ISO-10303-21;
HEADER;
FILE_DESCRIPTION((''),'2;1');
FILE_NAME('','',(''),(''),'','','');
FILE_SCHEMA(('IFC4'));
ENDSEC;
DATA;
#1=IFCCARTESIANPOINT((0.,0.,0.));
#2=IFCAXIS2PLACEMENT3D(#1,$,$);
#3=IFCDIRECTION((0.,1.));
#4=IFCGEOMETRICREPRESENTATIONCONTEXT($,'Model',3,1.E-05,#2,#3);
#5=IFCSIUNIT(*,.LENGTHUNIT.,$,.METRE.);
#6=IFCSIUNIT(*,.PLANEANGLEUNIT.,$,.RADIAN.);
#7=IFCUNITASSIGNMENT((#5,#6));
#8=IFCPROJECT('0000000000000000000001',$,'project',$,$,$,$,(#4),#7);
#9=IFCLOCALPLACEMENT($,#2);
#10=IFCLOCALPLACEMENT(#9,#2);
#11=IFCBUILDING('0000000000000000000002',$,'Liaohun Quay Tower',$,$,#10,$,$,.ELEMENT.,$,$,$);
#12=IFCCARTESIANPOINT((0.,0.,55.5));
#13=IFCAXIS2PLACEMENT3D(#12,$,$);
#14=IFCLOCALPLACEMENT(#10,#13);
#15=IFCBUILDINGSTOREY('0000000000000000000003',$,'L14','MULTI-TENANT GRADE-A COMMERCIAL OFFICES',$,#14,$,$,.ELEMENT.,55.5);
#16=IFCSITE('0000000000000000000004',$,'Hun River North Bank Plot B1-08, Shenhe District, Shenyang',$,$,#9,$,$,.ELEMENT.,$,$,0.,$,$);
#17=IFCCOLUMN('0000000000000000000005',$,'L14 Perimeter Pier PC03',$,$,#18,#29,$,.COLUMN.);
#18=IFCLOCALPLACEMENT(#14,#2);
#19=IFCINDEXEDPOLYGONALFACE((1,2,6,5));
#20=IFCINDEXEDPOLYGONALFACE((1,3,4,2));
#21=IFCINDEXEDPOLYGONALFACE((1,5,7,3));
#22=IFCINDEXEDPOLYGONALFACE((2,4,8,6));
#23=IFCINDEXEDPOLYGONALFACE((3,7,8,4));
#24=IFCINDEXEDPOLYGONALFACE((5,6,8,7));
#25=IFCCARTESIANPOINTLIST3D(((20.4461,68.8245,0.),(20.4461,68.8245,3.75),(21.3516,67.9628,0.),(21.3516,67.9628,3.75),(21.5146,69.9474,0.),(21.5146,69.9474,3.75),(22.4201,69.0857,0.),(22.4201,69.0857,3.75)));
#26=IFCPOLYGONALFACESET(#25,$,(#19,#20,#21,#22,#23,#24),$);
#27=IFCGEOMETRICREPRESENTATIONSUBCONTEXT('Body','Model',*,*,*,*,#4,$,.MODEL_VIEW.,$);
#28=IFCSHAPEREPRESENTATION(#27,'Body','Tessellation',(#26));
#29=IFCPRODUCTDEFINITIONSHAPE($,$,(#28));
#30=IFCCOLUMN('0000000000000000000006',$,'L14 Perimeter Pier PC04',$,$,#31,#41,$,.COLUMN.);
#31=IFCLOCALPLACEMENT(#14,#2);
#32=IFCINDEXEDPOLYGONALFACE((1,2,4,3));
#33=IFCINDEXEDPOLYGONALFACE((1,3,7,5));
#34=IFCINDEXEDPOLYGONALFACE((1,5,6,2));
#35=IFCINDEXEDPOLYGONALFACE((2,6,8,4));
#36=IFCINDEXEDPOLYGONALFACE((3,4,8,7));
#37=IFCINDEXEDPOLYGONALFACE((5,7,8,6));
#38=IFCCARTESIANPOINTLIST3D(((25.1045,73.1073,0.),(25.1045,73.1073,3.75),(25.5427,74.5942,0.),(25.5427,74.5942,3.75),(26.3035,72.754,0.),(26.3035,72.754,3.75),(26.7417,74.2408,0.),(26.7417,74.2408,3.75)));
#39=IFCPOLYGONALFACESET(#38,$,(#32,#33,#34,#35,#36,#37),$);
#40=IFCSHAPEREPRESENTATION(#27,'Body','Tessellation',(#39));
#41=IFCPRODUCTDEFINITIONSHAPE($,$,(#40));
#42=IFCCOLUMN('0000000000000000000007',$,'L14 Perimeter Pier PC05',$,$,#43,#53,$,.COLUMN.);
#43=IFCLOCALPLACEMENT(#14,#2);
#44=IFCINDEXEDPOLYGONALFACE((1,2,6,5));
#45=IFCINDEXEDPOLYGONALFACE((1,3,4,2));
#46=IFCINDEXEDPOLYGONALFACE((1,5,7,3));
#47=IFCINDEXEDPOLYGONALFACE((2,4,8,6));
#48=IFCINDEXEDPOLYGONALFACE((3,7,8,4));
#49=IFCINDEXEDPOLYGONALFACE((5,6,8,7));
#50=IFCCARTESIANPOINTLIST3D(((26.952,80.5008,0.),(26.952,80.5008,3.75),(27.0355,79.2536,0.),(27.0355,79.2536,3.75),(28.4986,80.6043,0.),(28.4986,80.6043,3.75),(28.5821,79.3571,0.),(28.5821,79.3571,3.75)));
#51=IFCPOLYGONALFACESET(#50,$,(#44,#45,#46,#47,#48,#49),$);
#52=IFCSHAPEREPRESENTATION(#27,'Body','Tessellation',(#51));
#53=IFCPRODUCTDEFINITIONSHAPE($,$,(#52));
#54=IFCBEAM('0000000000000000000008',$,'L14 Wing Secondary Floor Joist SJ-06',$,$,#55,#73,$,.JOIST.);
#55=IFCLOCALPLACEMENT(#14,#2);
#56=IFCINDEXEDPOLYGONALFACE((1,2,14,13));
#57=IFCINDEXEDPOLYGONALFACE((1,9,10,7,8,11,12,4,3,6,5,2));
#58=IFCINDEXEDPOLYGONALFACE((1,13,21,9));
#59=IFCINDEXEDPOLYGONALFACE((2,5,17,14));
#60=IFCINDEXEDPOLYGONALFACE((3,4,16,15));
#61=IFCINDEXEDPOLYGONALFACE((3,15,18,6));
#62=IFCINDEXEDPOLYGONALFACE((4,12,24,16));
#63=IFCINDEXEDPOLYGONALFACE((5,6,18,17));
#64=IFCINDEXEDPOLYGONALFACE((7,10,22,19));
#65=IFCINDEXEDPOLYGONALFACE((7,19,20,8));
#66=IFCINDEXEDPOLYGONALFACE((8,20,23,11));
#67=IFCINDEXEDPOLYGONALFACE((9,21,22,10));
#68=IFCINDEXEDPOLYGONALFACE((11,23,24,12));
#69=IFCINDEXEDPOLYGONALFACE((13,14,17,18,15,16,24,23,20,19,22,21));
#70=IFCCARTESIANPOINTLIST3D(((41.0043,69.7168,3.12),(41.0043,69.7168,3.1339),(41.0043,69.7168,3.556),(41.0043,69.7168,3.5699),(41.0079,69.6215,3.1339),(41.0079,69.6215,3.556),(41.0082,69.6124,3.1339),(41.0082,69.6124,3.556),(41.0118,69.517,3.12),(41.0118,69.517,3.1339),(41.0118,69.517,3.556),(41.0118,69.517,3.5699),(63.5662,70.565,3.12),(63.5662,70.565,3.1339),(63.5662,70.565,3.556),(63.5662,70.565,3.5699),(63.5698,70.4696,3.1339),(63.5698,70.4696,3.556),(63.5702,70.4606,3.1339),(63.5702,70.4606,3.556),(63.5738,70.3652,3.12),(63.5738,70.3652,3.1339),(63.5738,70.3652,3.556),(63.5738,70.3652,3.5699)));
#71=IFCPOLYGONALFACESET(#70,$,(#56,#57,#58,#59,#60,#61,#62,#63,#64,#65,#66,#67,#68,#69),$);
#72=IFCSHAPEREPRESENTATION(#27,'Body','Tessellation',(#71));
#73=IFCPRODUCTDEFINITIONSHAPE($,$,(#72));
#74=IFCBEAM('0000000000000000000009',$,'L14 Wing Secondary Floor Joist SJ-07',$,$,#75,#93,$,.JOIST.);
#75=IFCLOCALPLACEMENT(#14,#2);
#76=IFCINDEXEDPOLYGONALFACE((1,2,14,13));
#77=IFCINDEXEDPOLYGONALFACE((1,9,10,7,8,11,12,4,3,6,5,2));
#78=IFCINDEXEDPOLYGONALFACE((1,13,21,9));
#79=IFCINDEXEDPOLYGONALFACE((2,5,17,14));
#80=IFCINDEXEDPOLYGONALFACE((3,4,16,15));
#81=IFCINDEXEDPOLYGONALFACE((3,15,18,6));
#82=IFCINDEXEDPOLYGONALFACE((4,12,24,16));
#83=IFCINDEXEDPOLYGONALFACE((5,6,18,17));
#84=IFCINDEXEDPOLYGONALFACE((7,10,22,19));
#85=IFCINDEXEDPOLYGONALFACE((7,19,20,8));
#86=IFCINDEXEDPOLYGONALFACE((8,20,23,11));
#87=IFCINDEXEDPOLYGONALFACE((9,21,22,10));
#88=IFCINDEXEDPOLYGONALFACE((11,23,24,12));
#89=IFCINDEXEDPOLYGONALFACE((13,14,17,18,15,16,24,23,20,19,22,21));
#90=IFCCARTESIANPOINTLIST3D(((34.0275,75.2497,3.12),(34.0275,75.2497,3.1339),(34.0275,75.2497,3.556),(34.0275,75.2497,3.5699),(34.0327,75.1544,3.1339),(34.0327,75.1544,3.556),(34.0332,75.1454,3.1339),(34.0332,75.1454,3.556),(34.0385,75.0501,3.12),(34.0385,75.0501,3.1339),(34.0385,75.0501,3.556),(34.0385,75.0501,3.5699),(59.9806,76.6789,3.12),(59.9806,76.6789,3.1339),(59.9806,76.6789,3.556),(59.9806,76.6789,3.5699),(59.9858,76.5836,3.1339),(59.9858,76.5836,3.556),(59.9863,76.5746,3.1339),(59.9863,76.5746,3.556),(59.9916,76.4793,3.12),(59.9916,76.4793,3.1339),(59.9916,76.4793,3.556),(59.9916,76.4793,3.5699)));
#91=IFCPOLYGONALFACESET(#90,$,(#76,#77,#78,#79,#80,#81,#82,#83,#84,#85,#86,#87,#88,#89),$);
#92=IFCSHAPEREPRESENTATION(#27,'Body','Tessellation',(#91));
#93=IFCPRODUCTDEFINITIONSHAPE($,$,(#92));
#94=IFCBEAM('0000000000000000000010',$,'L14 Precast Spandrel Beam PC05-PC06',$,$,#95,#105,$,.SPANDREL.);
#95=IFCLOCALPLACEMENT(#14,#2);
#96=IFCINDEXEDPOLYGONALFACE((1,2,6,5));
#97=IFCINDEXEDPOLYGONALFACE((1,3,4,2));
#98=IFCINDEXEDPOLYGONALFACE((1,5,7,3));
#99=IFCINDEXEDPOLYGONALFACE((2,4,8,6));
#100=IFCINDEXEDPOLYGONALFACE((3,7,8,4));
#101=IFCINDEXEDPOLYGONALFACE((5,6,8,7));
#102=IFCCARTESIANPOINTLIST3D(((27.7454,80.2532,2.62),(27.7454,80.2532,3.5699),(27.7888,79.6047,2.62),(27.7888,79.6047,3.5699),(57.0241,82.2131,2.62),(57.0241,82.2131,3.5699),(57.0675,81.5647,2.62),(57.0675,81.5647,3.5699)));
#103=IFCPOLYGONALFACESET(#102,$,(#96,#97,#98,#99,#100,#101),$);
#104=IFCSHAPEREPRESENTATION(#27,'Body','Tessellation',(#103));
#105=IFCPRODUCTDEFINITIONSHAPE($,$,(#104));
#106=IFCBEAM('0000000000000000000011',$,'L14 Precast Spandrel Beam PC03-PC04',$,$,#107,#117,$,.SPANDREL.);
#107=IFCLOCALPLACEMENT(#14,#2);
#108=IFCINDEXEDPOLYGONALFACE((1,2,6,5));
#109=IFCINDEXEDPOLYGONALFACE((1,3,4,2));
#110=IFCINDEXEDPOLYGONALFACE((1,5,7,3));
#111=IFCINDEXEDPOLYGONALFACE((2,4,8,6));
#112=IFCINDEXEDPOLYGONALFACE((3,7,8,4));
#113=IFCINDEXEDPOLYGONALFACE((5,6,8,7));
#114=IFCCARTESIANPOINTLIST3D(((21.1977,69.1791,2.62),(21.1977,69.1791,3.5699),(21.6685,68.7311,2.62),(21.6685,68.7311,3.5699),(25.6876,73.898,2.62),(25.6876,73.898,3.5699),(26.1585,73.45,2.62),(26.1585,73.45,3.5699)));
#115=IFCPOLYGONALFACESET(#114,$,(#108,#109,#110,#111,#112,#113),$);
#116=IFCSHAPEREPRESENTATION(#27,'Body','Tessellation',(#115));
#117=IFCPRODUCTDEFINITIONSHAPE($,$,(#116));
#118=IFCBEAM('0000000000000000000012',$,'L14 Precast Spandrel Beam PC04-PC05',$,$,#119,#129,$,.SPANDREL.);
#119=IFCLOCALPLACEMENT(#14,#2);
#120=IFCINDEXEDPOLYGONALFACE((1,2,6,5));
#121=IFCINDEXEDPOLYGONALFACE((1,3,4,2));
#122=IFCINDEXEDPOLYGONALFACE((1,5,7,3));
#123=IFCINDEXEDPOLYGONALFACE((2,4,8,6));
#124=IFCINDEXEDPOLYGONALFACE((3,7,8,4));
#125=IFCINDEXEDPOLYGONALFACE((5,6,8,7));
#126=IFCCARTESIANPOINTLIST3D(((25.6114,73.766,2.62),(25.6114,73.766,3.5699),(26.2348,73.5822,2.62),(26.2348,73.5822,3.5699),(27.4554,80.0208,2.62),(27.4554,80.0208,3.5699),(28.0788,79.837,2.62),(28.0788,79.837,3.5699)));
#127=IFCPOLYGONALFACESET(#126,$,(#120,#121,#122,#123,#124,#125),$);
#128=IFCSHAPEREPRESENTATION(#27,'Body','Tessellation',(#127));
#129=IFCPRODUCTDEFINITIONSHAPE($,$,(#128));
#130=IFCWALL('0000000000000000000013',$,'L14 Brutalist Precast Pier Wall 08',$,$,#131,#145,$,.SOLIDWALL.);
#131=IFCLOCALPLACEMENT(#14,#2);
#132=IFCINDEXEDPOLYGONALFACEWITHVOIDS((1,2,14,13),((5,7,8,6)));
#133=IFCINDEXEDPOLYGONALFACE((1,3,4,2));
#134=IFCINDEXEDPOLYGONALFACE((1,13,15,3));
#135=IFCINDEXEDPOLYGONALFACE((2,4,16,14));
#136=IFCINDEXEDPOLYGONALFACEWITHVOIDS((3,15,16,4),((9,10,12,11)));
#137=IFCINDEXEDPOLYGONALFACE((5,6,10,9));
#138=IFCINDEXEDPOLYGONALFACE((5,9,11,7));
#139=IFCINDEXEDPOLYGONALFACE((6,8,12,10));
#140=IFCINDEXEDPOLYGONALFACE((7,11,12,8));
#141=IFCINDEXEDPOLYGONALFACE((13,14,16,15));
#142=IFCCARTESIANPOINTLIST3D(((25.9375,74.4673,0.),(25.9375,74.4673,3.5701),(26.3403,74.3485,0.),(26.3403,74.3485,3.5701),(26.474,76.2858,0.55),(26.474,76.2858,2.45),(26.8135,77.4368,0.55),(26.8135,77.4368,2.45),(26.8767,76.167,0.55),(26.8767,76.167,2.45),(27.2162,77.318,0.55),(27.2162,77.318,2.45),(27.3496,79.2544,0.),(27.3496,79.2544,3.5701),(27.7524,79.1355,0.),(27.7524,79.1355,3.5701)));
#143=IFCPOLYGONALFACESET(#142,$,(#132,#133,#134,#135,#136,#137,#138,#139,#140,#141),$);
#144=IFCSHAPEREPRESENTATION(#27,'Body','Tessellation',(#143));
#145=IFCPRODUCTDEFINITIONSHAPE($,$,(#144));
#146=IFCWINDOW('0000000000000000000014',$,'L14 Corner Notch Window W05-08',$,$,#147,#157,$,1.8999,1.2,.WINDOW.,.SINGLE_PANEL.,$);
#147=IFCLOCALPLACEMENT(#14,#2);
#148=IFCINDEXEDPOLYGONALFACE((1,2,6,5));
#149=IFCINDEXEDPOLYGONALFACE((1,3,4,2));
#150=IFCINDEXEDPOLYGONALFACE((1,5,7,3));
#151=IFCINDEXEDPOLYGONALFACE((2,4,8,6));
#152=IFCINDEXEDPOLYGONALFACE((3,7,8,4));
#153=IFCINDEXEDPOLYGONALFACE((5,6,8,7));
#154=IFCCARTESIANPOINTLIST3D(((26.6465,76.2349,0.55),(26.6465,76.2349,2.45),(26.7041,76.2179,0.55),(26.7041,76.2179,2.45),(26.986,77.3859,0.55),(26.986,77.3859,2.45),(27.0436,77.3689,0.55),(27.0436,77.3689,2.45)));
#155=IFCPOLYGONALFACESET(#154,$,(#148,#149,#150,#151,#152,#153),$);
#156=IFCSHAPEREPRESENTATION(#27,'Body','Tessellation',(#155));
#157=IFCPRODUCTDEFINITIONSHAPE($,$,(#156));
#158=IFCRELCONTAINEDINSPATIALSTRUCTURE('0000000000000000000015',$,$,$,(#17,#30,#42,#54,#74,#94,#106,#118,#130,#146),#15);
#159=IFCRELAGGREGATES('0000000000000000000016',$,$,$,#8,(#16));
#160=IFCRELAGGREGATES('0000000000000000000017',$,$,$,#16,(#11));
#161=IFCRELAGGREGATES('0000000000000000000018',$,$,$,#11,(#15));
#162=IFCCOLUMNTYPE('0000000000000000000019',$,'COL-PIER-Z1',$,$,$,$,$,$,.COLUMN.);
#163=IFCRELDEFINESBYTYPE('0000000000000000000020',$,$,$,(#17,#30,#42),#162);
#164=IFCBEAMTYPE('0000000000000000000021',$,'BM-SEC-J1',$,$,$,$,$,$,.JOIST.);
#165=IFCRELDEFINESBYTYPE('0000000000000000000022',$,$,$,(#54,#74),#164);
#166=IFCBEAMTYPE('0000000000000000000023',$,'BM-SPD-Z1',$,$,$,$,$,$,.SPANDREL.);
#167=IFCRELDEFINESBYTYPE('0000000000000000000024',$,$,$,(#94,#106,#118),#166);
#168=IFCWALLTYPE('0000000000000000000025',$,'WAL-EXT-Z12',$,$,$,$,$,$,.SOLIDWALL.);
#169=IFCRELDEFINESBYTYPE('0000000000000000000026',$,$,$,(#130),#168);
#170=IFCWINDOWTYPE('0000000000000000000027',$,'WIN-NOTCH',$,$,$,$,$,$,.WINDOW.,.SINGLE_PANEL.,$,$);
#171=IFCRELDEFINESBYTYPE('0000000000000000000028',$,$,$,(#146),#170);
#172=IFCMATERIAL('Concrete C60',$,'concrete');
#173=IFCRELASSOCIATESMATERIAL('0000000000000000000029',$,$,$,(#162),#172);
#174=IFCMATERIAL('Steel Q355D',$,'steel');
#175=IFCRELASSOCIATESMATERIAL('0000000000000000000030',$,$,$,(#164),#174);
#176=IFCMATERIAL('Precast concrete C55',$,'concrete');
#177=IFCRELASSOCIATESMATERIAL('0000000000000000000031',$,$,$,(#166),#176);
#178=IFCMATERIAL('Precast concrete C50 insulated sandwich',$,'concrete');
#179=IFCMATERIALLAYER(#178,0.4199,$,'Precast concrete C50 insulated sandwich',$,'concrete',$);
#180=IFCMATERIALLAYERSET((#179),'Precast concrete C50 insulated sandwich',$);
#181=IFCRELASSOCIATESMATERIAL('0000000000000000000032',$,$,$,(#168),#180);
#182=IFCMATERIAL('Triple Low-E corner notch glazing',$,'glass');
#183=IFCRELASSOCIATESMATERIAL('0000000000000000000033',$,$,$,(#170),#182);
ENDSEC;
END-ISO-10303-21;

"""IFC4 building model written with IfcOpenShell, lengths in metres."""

from ifc_helpers import new_model, si_unit, direction, frame, frame_2d, origin, origin_2d, place, context, subcontext, project, spatial, rectangle, i_section, extrude, source, transform, mapped, material, layer, layer_set, material_profile, profile_set, type_object, element, fill, save


model = new_model("IFC4")

# Units and contexts
model_context = context("Model", 3, precision=1e-05, world=origin(), true_north=direction((0.0, 1.0)))
body_context = subcontext(model_context, "Body", "Model", "MODEL_VIEW")
ifc_project = project(units=[si_unit("LENGTHUNIT", "METRE"), si_unit("PLANEANGLEUNIT", "RADIAN")], contexts=[model_context])

# Site, building, storey
site_placement = place(None, origin())
site = spatial("IfcSite", under=ifc_project, at=site_placement, Name="Hun River North Bank Plot B1-08, Shenhe District, Shenyang", CompositionType="ELEMENT", RefElevation=0.0)
building_placement = place(site_placement, origin())
building = spatial("IfcBuilding", under=site, at=building_placement, Name="Liaohun Quay Tower", CompositionType="ELEMENT")
storey_placement = place(building_placement, frame((0.0, 0.0, 55.5)))
storey = spatial("IfcBuildingStorey", under=building, at=storey_placement, Name="L14", Description="MULTI-TENANT GRADE-A COMMERCIAL OFFICES", CompositionType="ELEMENT", Elevation=55.5)

# Columns
ifc_material_1 = material(Name="Concrete C60", Category="concrete")
ifc_material_profile_1 = material_profile(ifc_material_1, rectangle(XDim=1.55, YDim=1.25, at=origin_2d()), Name="RC1550x1250")
ifc_profile_set_1 = profile_set([ifc_material_profile_1], Name="Concrete C60")
column_type = type_object("IfcColumnType", Name="COL-PIER-Z1", PredefinedType="COLUMN", material=ifc_profile_set_1)
shared_shape_1 = source(origin(), body_context, "Body", "SweptSolid", [
    extrude(rectangle(XDim=1.55, YDim=1.25, at=origin_2d()), origin(), (0.0, 0.0, 1.0), 3.75),
])
for number, where, z_axis, x_axis, name in (
    (1, (21.4331, 68.9551, 0.0), (0.0, 0.0, 1.0), (0.689367, 0.724413, 0.0), "L14 Perimeter Pier PC03"),
    (2, (25.9231, 73.6741, 0.0), (0.0, 0.0, 1.0), (0.282676, 0.959215, 0.0), "L14 Perimeter Pier PC04"),
    (3, (27.7671, 79.929, 0.0), (0.0, 0.0, 1.0), (0.997767, 0.066796, 0.0), "L14 Perimeter Pier PC05"),
):
    element("IfcColumn", number, at=place(storey_placement, frame(where, z_axis=z_axis, x_axis=x_axis)), inside=storey, type_object=column_type, Name=name, PredefinedType="COLUMN", context=body_context, shape_type="MappedRepresentation", body=[
        mapped(shared_shape_1, transform((0.0, 0.0, 0.0), x_axis=(1.0, 0.0, 0.0), y_axis=(0.0, 1.0, 0.0), z_axis=(0.0, 0.0, 1.0), scale=1.0)),
    ])

# Beams
ifc_material_2 = material(Name="Steel Q355D", Category="steel")
ifc_material_profile_2 = material_profile(ifc_material_2, i_section(OverallWidth=0.2, OverallDepth=0.45, WebThickness=0.009, FlangeThickness=0.0139, at=origin_2d()), Name="HN450x200x9x14")
ifc_profile_set_2 = profile_set([ifc_material_profile_2], Name="Steel Q355D")
beam_type_1 = type_object("IfcBeamType", Name="BM-SEC-J1", PredefinedType="JOIST", material=ifc_profile_set_2)
shared_shape_2 = source(origin(), body_context, "Body", "SweptSolid", [
    extrude(i_section(OverallWidth=0.2, OverallDepth=0.45, WebThickness=0.009, FlangeThickness=0.0139, at=origin_2d()), origin(), (0.0, 0.0, 1.0), 22.5779),
])
beam_1_placement = place(storey_placement, frame((41.0081, 69.6169, 3.345), z_axis=(0.999294, 0.037565, 0.0), x_axis=(-0.037565, 0.999294, 0.0)))
element("IfcBeam", 4, at=beam_1_placement, inside=storey, type_object=beam_type_1, Name="L14 Wing Secondary Floor Joist SJ-06", PredefinedType="JOIST", context=body_context, shape_type="MappedRepresentation", body=[
    mapped(shared_shape_2, transform((0.0, 0.0, 0.0), x_axis=(1.0, 0.0, 0.0), y_axis=(0.0, 1.0, 0.0), z_axis=(0.0, 0.0, 1.0), scale=1.0)),
])
shared_shape_3 = source(origin(), body_context, "Body", "SweptSolid", [
    extrude(i_section(OverallWidth=0.2, OverallDepth=0.45, WebThickness=0.009, FlangeThickness=0.0139, at=origin_2d()), origin(), (0.0, 0.0, 1.0), 25.9924),
])
beam_2_placement = place(storey_placement, frame((34.033, 75.1499, 3.345), z_axis=(0.998487, 0.054985, 0.0), x_axis=(-0.054985, 0.998487, 0.0)))
element("IfcBeam", 5, at=beam_2_placement, inside=storey, type_object=beam_type_1, Name="L14 Wing Secondary Floor Joist SJ-07", PredefinedType="JOIST", context=body_context, shape_type="MappedRepresentation", body=[
    mapped(shared_shape_3, transform((0.0, 0.0, 0.0), x_axis=(1.0, 0.0, 0.0), y_axis=(0.0, 1.0, 0.0), z_axis=(0.0, 0.0, 1.0), scale=1.0)),
])
ifc_material_3 = material(Name="Precast concrete C55", Category="concrete")
ifc_material_profile_3 = material_profile(ifc_material_3, rectangle(XDim=0.6499, YDim=0.95, at=origin_2d()), Name="RC650x950")
ifc_profile_set_3 = profile_set([ifc_material_profile_3], Name="Precast concrete C55")
beam_type_2 = type_object("IfcBeamType", Name="BM-SPD-Z1", PredefinedType="SPANDREL", material=ifc_profile_set_3)
shared_shape_4 = source(origin(), body_context, "Body", "SweptSolid", [
    extrude(rectangle(XDim=0.6499, YDim=0.95, at=origin_2d()), origin(), (0.0, 0.0, 1.0), 29.3442),
])
beam_3_placement = place(storey_placement, frame((27.7671, 79.929, 3.095), z_axis=(0.997767, 0.066792, 0.0), x_axis=(-0.066792, 0.997767, 0.0)))
element("IfcBeam", 6, at=beam_3_placement, inside=storey, type_object=beam_type_2, Name="L14 Precast Spandrel Beam PC05-PC06", PredefinedType="SPANDREL", context=body_context, shape_type="MappedRepresentation", body=[
    mapped(shared_shape_4, transform((0.0, 0.0, 0.0), x_axis=(1.0, 0.0, 0.0), y_axis=(0.0, 1.0, 0.0), z_axis=(0.0, 0.0, 1.0), scale=1.0)),
])
shared_shape_5 = source(origin(), body_context, "Body", "SweptSolid", [
    extrude(rectangle(XDim=0.6499, YDim=0.95, at=origin_2d()), origin(), (0.0, 0.0, 1.0), 6.5137),
])
beam_4_placement = place(storey_placement, frame((21.4331, 68.9551, 3.095), z_axis=(0.68931, 0.724467, 0.0), x_axis=(-0.724467, 0.68931, 0.0)))
element("IfcBeam", 7, at=beam_4_placement, inside=storey, type_object=beam_type_2, Name="L14 Precast Spandrel Beam PC03-PC04", PredefinedType="SPANDREL", context=body_context, shape_type="MappedRepresentation", body=[
    mapped(shared_shape_5, transform((0.0, 0.0, 0.0), x_axis=(1.0, 0.0, 0.0), y_axis=(0.0, 1.0, 0.0), z_axis=(0.0, 0.0, 1.0), scale=1.0)),
])
shared_shape_6 = source(origin(), body_context, "Body", "SweptSolid", [
    extrude(rectangle(XDim=0.6499, YDim=0.95, at=origin_2d()), origin(), (0.0, 0.0, 1.0), 6.521),
])
beam_5_placement = place(storey_placement, frame((25.9231, 73.6741, 3.095), z_axis=(0.282776, 0.959186, 0.0), x_axis=(-0.959186, 0.282776, 0.0)))
element("IfcBeam", 8, at=beam_5_placement, inside=storey, type_object=beam_type_2, Name="L14 Precast Spandrel Beam PC04-PC05", PredefinedType="SPANDREL", context=body_context, shape_type="MappedRepresentation", body=[
    mapped(shared_shape_6, transform((0.0, 0.0, 0.0), x_axis=(1.0, 0.0, 0.0), y_axis=(0.0, 1.0, 0.0), z_axis=(0.0, 0.0, 1.0), scale=1.0)),
])

# Wall, opening, window
ifc_material_4 = material(Name="Precast concrete C50 insulated sandwich", Category="concrete")
ifc_layer_1 = layer(ifc_material_4, 0.4199, Name="Precast concrete C50 insulated sandwich", Category="concrete")
ifc_layer_set_1 = layer_set([ifc_layer_1], Name="Precast concrete C50 insulated sandwich")
wall_type_1 = type_object("IfcWallType", Name="WAL-EXT-Z12", PredefinedType="SOLIDWALL", material=ifc_layer_set_1)
wall_1_placement = place(storey_placement, frame((27.551, 79.1951, 0.0), z_axis=(0.0, 0.0, 1.0), x_axis=(-0.282929, -0.959141, 0.0)))
wall_1 = element("IfcWall", 9, at=wall_1_placement, inside=storey, type_object=wall_type_1, Name="L14 Brutalist Precast Pier Wall 08", PredefinedType="SOLIDWALL", context=body_context, shape_type="SweptSolid", body=[
    extrude(rectangle(XDim=4.991, YDim=0.4199, at=frame_2d((2.4956, 0.0))), origin(), (0.0, 0.0, 1.0), 3.5701),
])
shared_shape_7 = source(origin(), body_context, "Body", "SweptSolid", [
    extrude(rectangle(XDim=1.2, YDim=1.8999, at=frame_2d((0.6001, 0.95))), frame((0.0, 0.22, 0.0), z_axis=(0.0, -1.0, 0.0), x_axis=(1.0, 0.0, 0.0)), (0.0, 0.0, 1.0), 0.4399),
])
opening_1_placement = place(wall_1_placement, frame((1.895, 0.0, 0.55)))
opening_1 = element("IfcOpeningElement", 10, at=opening_1_placement, cuts=wall_1, PredefinedType="OPENING", context=body_context, shape_type="MappedRepresentation", body=[
    mapped(shared_shape_7, transform((0.0, 0.0, 0.0), x_axis=(1.0, 0.0, 0.0), y_axis=(0.0, 1.0, 0.0), z_axis=(0.0, 0.0, 1.0), scale=1.0)),
])
ifc_material_5 = material(Name="Triple Low-E corner notch glazing", Category="glass")
window_type_1 = type_object("IfcWindowType", Name="WIN-NOTCH", PartitioningType="SINGLE_PANEL", PredefinedType="WINDOW", material=ifc_material_5)
shared_shape_8 = source(origin(), body_context, "Body", "SweptSolid", [
    extrude(rectangle(XDim=1.2, YDim=1.8999, at=frame_2d((0.6001, 0.95))), frame((0.0, 0.03, 0.0), z_axis=(0.0, -1.0, 0.0), x_axis=(1.0, 0.0, 0.0)), (0.0, 0.0, 1.0), 0.0601),
])
window_1_placement = place(opening_1_placement, origin())
window_1 = element("IfcWindow", 11, at=window_1_placement, inside=storey, type_object=window_type_1, Name="L14 Corner Notch Window W05-08", OverallHeight=1.8999, OverallWidth=1.2, PartitioningType="SINGLE_PANEL", PredefinedType="WINDOW", context=body_context, shape_type="MappedRepresentation", body=[
    mapped(shared_shape_8, transform((0.0, 0.0, 0.0), x_axis=(1.0, 0.0, 0.0), y_axis=(0.0, 1.0, 0.0), z_axis=(0.0, 0.0, 1.0), scale=1.0)),
])
fill(opening_1, window_1)

save(model, "model.ifc")
